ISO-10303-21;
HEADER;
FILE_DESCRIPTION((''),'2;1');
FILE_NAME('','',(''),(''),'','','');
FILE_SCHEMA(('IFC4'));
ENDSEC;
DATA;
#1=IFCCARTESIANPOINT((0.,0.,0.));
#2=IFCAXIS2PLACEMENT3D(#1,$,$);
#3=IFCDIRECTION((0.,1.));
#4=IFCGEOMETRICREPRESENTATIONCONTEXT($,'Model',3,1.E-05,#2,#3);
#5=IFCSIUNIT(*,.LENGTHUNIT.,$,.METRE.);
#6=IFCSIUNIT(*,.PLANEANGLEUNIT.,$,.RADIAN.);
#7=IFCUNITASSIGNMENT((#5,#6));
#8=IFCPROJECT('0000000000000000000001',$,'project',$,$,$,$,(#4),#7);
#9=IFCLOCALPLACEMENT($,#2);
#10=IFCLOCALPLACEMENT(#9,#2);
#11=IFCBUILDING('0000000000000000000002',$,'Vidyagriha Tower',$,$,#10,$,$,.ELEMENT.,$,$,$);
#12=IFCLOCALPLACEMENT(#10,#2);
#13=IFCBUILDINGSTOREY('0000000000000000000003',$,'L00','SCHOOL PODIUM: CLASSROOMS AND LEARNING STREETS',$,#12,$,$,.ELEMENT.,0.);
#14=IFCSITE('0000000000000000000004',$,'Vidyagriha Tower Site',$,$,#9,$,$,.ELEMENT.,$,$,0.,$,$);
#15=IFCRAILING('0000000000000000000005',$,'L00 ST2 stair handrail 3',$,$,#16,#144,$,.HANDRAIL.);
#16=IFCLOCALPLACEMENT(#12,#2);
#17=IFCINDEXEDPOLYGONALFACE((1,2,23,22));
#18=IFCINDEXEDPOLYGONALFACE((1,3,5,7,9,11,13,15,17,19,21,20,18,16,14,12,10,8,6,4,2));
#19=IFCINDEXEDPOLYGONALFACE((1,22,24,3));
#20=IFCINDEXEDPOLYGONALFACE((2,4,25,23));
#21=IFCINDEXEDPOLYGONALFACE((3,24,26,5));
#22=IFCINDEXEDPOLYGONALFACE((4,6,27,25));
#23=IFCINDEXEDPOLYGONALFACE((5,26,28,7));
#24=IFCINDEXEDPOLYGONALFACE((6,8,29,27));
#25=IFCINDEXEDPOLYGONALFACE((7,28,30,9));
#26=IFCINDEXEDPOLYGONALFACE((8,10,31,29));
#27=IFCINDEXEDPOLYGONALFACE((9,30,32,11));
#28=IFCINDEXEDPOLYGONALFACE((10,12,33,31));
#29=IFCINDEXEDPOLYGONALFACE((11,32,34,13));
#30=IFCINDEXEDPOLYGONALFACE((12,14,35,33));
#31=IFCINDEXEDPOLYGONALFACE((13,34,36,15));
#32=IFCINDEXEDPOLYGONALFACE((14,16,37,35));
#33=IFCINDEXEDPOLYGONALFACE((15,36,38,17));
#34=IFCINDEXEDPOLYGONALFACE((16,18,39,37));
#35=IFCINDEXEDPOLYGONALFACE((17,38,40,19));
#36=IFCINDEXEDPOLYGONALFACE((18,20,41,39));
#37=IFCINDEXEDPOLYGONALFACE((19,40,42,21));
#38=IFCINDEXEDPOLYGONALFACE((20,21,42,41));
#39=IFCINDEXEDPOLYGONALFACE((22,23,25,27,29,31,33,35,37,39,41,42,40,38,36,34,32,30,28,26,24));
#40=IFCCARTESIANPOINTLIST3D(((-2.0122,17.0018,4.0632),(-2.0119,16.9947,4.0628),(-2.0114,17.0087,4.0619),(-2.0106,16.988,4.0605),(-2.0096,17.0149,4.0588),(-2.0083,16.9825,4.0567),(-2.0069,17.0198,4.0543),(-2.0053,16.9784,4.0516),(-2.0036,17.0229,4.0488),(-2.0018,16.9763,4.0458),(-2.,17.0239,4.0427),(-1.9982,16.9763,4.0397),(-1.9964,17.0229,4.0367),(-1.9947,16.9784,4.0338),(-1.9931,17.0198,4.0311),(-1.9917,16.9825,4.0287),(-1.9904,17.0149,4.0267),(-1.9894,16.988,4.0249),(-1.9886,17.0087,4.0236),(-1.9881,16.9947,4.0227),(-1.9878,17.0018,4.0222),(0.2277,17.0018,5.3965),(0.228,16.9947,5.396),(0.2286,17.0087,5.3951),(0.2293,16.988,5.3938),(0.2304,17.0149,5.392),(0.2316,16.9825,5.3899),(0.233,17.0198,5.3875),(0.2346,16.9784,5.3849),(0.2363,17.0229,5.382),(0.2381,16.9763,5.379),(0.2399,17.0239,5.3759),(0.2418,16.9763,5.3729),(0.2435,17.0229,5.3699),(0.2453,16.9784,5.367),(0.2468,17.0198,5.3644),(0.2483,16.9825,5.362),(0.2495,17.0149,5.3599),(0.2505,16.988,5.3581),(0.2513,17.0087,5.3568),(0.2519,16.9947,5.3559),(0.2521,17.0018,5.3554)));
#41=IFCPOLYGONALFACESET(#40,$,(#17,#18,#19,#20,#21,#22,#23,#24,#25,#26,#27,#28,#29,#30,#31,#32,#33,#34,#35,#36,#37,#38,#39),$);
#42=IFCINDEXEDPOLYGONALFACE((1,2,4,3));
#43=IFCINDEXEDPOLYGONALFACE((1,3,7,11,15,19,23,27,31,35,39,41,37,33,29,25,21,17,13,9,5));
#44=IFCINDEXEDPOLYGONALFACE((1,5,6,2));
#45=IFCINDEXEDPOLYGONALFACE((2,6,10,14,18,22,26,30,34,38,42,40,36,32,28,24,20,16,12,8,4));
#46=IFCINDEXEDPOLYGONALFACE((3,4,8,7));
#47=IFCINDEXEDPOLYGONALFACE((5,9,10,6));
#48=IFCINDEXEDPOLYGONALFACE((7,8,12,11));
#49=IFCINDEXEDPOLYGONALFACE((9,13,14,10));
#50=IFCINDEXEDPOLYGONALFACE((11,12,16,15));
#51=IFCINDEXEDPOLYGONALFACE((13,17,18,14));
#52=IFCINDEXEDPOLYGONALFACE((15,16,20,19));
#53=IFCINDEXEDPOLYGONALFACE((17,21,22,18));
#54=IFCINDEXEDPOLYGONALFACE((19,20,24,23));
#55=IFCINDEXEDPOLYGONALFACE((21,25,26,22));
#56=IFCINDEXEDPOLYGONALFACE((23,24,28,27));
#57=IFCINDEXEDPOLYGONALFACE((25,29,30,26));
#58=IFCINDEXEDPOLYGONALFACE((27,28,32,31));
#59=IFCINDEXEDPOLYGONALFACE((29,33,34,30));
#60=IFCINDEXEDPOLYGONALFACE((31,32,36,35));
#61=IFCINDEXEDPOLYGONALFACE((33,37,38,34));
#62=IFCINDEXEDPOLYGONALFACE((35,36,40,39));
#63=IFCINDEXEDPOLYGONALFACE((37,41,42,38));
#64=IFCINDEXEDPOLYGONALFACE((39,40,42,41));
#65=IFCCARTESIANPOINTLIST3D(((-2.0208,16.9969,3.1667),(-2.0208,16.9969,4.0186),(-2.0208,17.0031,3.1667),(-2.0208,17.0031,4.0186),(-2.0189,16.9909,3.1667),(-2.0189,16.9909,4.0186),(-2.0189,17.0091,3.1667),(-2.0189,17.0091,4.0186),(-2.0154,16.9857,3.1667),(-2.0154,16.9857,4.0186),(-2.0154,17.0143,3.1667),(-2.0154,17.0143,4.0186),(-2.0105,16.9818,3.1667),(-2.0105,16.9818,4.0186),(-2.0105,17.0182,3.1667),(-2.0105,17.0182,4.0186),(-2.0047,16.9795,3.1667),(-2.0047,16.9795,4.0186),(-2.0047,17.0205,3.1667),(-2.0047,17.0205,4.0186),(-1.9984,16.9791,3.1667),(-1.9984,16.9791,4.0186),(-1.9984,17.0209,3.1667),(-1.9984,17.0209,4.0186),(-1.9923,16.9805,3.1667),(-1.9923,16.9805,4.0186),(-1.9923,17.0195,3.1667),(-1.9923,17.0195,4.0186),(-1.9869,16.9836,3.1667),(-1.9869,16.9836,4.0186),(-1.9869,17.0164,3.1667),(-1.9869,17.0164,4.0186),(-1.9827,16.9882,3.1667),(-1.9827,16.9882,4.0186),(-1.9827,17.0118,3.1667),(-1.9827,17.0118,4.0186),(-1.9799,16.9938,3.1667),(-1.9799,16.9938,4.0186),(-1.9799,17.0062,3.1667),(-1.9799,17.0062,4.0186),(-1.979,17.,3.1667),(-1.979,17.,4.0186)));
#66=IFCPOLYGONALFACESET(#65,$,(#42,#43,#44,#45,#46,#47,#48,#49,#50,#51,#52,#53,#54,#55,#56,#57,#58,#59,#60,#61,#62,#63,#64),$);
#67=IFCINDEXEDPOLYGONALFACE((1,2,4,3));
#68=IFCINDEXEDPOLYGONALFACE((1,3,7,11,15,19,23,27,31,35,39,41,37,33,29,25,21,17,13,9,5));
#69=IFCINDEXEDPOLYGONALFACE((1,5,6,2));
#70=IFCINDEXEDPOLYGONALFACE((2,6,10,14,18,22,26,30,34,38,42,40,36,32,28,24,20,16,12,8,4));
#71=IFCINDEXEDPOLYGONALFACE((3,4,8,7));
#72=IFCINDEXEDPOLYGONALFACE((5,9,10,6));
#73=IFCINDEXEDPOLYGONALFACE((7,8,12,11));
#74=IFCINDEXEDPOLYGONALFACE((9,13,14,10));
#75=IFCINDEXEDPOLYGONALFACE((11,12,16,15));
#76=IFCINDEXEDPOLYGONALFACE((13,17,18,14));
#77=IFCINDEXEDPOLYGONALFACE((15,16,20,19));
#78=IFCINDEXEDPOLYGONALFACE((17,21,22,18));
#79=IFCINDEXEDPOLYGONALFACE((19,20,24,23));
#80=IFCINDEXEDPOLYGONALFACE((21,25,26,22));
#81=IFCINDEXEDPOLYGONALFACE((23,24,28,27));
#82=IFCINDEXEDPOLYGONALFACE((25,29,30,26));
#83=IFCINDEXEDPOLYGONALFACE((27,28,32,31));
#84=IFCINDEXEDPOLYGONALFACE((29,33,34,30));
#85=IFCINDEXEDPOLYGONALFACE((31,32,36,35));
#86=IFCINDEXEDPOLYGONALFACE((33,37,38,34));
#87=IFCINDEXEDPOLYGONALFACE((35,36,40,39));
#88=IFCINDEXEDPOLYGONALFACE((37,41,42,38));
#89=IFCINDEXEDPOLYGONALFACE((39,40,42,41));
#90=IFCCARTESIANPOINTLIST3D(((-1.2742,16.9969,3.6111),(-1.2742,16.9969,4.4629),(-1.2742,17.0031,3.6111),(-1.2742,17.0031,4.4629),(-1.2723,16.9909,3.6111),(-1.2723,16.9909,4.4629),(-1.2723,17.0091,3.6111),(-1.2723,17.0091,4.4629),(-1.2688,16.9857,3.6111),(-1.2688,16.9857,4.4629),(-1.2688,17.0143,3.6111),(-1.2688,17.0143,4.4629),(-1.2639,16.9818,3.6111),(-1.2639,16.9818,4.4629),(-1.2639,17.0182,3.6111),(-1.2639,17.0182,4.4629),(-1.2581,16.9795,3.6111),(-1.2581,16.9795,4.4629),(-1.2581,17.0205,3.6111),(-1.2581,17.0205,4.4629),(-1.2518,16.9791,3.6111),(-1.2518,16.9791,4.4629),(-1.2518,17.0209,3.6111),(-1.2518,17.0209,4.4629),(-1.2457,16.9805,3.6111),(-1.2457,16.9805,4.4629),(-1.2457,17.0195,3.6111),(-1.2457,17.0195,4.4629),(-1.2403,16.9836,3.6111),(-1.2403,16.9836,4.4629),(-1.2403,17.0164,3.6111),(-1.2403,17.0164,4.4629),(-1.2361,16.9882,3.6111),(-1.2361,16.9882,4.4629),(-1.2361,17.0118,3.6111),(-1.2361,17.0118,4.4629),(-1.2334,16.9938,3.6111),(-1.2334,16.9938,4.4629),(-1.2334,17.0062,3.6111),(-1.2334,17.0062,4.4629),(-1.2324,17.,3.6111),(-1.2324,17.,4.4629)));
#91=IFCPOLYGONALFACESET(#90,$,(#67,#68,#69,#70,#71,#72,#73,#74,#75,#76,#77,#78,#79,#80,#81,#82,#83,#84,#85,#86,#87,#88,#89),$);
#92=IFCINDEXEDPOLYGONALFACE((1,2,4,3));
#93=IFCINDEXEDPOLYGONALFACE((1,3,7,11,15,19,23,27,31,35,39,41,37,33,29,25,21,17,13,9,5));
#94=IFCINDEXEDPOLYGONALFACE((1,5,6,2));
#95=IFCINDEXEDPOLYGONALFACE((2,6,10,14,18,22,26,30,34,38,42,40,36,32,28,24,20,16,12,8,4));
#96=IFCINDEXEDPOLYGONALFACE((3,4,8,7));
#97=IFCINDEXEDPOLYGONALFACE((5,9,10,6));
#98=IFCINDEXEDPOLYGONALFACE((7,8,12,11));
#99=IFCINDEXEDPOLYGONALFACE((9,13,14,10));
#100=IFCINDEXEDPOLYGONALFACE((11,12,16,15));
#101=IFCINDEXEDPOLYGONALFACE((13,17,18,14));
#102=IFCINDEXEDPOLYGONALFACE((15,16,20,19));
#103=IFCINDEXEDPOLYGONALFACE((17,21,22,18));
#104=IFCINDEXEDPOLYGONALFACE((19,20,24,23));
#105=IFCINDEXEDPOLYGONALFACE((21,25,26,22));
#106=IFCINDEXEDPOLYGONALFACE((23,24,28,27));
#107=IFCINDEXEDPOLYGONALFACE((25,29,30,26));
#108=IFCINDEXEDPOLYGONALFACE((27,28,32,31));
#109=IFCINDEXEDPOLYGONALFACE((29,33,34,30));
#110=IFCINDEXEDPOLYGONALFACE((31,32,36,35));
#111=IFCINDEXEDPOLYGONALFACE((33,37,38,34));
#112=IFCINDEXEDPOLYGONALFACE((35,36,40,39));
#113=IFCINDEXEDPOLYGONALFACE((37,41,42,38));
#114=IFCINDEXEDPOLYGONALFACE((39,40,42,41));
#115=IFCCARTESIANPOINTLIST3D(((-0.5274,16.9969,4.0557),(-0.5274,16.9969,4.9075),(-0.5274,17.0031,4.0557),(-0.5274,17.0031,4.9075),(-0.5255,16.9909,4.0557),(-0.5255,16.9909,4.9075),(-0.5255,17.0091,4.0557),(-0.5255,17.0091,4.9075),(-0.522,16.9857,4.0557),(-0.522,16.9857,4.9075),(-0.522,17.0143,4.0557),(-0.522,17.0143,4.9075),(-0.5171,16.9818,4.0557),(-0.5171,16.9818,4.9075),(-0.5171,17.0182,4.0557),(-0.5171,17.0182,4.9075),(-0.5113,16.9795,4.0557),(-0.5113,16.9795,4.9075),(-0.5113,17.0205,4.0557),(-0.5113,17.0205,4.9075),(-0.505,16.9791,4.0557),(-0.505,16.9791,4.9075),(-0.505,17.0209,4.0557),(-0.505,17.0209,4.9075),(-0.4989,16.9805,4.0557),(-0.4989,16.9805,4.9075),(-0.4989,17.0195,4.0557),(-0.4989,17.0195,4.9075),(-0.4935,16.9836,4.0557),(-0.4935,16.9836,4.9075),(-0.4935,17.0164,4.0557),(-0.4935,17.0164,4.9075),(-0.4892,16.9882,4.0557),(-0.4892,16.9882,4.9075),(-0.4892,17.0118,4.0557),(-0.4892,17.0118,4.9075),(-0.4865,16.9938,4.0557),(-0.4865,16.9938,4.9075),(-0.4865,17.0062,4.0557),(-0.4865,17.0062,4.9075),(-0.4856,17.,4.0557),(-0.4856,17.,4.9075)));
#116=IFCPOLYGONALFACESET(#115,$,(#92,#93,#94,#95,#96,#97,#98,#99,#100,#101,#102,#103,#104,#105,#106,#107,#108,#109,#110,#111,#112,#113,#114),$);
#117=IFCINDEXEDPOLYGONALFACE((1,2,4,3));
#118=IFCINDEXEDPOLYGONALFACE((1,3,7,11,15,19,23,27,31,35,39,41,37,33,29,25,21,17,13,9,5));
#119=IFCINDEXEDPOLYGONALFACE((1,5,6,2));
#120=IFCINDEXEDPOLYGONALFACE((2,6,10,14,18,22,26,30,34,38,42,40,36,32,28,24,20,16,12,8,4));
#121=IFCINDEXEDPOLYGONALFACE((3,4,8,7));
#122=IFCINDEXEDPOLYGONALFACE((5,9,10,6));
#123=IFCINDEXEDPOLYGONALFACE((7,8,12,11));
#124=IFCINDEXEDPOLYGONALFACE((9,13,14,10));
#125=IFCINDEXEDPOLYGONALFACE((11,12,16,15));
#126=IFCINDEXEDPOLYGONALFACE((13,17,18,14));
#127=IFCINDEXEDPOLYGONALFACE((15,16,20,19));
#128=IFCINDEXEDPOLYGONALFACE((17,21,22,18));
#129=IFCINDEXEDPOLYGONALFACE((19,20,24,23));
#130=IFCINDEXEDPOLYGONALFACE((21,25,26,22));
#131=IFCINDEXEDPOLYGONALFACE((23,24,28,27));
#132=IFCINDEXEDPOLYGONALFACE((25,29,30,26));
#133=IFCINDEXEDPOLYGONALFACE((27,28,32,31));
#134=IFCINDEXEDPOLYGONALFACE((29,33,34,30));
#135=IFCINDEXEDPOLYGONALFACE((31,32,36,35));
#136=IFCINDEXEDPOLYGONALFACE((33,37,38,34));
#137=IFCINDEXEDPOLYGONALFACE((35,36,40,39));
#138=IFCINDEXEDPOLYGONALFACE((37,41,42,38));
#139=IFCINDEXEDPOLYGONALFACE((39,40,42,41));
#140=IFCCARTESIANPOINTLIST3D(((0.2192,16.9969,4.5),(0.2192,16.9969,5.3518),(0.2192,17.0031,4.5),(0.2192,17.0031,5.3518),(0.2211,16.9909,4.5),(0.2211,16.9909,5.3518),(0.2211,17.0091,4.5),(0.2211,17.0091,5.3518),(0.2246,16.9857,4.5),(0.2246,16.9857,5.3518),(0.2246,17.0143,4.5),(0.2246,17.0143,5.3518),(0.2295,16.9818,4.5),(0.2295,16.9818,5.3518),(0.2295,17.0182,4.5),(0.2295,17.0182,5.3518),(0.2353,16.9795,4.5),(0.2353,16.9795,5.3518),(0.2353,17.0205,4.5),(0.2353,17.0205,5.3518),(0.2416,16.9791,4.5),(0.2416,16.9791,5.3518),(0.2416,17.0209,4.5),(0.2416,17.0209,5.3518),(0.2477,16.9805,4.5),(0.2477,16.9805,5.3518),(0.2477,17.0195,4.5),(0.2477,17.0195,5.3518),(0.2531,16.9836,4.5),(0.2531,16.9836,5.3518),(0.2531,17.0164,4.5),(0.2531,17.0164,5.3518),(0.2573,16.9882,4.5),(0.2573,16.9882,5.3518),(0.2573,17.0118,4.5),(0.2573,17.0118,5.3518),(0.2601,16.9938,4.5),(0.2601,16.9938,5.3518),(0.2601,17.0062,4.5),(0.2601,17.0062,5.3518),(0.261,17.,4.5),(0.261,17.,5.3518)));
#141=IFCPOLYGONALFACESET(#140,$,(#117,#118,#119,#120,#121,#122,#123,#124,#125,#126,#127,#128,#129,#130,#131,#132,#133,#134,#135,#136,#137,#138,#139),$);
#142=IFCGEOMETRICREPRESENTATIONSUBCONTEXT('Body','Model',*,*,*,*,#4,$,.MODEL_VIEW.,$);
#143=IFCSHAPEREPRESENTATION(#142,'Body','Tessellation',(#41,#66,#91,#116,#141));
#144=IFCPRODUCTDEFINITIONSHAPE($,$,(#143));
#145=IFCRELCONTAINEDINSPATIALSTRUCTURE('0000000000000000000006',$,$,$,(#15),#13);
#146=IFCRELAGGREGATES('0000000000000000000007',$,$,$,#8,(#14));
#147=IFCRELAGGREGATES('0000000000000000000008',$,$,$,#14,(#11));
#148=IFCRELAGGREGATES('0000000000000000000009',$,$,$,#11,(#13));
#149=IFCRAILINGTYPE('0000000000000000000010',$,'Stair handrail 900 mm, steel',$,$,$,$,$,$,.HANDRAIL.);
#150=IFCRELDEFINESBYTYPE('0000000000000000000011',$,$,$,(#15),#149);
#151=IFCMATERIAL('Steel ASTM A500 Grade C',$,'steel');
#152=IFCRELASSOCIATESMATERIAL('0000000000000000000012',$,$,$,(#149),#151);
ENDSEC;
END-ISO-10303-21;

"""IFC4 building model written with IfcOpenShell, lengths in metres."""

from ifc_helpers import new_model, si_unit, direction, frame, origin, origin_2d, place, context, subcontext, project, spatial, circle, extrude, material, type_object, element, save


model = new_model("IFC4")

# Units and contexts
model_context = context("Model", 3, precision=1e-05, world=origin(), true_north=direction((0.0, 1.0)))
body_context = subcontext(model_context, "Body", "Model", "MODEL_VIEW")
ifc_project = project(units=[si_unit("LENGTHUNIT", "METRE"), si_unit("PLANEANGLEUNIT", "RADIAN")], contexts=[model_context])

# Site, building, storey
site_placement = place(None, origin())
site = spatial("IfcSite", under=ifc_project, at=site_placement, Name="Vidyagriha Tower Site", CompositionType="ELEMENT", RefElevation=0.0)
building_placement = place(site_placement, origin())
building = spatial("IfcBuilding", under=site, at=building_placement, Name="Vidyagriha Tower", CompositionType="ELEMENT")
storey_placement = place(building_placement, origin())
storey = spatial("IfcBuildingStorey", under=building, at=storey_placement, Name="L00", Description="SCHOOL PODIUM: CLASSROOMS AND LEARNING STREETS", CompositionType="ELEMENT", Elevation=0.0)

# Railing
ifc_material_1 = material(Name="Steel ASTM A500 Grade C", Category="steel")
railing_type_1 = type_object("IfcRailingType", Name="Stair handrail 900 mm, steel", PredefinedType="HANDRAIL", material=ifc_material_1)
for number, where, name in (
    (1, (-2.0, 17.0, 3.1667), "L00 ST2 stair handrail 3"),
):
    element("IfcRailing", number, at=place(storey_placement, frame(where)), inside=storey, type_object=railing_type_1, Name=name, PredefinedType="HANDRAIL", context=body_context, shape_type="SweptSolid", body=[
        extrude(circle(Radius=0.0239, at=origin_2d()), frame((0.0, 0.0, 0.876), z_axis=(0.859306, 0.0, 0.511462), x_axis=(0.0, 1.0, 0.0)), (0.0, 0.0, 1.0), 2.6067),
        extrude(circle(Radius=0.021, at=origin_2d()), origin(), (0.0, 0.0, 1.0), 0.8518),
        extrude(circle(Radius=0.021, at=origin_2d()), frame((0.7466, 0.0, 0.4443)), (0.0, 0.0, 1.0), 0.8518),
        extrude(circle(Radius=0.021, at=origin_2d()), frame((1.4934, 0.0, 0.8889)), (0.0, 0.0, 1.0), 0.8518),
        extrude(circle(Radius=0.021, at=origin_2d()), frame((2.24, 0.0, 1.3333)), (0.0, 0.0, 1.0), 0.8518),
    ])

save(model, "model.ifc")
